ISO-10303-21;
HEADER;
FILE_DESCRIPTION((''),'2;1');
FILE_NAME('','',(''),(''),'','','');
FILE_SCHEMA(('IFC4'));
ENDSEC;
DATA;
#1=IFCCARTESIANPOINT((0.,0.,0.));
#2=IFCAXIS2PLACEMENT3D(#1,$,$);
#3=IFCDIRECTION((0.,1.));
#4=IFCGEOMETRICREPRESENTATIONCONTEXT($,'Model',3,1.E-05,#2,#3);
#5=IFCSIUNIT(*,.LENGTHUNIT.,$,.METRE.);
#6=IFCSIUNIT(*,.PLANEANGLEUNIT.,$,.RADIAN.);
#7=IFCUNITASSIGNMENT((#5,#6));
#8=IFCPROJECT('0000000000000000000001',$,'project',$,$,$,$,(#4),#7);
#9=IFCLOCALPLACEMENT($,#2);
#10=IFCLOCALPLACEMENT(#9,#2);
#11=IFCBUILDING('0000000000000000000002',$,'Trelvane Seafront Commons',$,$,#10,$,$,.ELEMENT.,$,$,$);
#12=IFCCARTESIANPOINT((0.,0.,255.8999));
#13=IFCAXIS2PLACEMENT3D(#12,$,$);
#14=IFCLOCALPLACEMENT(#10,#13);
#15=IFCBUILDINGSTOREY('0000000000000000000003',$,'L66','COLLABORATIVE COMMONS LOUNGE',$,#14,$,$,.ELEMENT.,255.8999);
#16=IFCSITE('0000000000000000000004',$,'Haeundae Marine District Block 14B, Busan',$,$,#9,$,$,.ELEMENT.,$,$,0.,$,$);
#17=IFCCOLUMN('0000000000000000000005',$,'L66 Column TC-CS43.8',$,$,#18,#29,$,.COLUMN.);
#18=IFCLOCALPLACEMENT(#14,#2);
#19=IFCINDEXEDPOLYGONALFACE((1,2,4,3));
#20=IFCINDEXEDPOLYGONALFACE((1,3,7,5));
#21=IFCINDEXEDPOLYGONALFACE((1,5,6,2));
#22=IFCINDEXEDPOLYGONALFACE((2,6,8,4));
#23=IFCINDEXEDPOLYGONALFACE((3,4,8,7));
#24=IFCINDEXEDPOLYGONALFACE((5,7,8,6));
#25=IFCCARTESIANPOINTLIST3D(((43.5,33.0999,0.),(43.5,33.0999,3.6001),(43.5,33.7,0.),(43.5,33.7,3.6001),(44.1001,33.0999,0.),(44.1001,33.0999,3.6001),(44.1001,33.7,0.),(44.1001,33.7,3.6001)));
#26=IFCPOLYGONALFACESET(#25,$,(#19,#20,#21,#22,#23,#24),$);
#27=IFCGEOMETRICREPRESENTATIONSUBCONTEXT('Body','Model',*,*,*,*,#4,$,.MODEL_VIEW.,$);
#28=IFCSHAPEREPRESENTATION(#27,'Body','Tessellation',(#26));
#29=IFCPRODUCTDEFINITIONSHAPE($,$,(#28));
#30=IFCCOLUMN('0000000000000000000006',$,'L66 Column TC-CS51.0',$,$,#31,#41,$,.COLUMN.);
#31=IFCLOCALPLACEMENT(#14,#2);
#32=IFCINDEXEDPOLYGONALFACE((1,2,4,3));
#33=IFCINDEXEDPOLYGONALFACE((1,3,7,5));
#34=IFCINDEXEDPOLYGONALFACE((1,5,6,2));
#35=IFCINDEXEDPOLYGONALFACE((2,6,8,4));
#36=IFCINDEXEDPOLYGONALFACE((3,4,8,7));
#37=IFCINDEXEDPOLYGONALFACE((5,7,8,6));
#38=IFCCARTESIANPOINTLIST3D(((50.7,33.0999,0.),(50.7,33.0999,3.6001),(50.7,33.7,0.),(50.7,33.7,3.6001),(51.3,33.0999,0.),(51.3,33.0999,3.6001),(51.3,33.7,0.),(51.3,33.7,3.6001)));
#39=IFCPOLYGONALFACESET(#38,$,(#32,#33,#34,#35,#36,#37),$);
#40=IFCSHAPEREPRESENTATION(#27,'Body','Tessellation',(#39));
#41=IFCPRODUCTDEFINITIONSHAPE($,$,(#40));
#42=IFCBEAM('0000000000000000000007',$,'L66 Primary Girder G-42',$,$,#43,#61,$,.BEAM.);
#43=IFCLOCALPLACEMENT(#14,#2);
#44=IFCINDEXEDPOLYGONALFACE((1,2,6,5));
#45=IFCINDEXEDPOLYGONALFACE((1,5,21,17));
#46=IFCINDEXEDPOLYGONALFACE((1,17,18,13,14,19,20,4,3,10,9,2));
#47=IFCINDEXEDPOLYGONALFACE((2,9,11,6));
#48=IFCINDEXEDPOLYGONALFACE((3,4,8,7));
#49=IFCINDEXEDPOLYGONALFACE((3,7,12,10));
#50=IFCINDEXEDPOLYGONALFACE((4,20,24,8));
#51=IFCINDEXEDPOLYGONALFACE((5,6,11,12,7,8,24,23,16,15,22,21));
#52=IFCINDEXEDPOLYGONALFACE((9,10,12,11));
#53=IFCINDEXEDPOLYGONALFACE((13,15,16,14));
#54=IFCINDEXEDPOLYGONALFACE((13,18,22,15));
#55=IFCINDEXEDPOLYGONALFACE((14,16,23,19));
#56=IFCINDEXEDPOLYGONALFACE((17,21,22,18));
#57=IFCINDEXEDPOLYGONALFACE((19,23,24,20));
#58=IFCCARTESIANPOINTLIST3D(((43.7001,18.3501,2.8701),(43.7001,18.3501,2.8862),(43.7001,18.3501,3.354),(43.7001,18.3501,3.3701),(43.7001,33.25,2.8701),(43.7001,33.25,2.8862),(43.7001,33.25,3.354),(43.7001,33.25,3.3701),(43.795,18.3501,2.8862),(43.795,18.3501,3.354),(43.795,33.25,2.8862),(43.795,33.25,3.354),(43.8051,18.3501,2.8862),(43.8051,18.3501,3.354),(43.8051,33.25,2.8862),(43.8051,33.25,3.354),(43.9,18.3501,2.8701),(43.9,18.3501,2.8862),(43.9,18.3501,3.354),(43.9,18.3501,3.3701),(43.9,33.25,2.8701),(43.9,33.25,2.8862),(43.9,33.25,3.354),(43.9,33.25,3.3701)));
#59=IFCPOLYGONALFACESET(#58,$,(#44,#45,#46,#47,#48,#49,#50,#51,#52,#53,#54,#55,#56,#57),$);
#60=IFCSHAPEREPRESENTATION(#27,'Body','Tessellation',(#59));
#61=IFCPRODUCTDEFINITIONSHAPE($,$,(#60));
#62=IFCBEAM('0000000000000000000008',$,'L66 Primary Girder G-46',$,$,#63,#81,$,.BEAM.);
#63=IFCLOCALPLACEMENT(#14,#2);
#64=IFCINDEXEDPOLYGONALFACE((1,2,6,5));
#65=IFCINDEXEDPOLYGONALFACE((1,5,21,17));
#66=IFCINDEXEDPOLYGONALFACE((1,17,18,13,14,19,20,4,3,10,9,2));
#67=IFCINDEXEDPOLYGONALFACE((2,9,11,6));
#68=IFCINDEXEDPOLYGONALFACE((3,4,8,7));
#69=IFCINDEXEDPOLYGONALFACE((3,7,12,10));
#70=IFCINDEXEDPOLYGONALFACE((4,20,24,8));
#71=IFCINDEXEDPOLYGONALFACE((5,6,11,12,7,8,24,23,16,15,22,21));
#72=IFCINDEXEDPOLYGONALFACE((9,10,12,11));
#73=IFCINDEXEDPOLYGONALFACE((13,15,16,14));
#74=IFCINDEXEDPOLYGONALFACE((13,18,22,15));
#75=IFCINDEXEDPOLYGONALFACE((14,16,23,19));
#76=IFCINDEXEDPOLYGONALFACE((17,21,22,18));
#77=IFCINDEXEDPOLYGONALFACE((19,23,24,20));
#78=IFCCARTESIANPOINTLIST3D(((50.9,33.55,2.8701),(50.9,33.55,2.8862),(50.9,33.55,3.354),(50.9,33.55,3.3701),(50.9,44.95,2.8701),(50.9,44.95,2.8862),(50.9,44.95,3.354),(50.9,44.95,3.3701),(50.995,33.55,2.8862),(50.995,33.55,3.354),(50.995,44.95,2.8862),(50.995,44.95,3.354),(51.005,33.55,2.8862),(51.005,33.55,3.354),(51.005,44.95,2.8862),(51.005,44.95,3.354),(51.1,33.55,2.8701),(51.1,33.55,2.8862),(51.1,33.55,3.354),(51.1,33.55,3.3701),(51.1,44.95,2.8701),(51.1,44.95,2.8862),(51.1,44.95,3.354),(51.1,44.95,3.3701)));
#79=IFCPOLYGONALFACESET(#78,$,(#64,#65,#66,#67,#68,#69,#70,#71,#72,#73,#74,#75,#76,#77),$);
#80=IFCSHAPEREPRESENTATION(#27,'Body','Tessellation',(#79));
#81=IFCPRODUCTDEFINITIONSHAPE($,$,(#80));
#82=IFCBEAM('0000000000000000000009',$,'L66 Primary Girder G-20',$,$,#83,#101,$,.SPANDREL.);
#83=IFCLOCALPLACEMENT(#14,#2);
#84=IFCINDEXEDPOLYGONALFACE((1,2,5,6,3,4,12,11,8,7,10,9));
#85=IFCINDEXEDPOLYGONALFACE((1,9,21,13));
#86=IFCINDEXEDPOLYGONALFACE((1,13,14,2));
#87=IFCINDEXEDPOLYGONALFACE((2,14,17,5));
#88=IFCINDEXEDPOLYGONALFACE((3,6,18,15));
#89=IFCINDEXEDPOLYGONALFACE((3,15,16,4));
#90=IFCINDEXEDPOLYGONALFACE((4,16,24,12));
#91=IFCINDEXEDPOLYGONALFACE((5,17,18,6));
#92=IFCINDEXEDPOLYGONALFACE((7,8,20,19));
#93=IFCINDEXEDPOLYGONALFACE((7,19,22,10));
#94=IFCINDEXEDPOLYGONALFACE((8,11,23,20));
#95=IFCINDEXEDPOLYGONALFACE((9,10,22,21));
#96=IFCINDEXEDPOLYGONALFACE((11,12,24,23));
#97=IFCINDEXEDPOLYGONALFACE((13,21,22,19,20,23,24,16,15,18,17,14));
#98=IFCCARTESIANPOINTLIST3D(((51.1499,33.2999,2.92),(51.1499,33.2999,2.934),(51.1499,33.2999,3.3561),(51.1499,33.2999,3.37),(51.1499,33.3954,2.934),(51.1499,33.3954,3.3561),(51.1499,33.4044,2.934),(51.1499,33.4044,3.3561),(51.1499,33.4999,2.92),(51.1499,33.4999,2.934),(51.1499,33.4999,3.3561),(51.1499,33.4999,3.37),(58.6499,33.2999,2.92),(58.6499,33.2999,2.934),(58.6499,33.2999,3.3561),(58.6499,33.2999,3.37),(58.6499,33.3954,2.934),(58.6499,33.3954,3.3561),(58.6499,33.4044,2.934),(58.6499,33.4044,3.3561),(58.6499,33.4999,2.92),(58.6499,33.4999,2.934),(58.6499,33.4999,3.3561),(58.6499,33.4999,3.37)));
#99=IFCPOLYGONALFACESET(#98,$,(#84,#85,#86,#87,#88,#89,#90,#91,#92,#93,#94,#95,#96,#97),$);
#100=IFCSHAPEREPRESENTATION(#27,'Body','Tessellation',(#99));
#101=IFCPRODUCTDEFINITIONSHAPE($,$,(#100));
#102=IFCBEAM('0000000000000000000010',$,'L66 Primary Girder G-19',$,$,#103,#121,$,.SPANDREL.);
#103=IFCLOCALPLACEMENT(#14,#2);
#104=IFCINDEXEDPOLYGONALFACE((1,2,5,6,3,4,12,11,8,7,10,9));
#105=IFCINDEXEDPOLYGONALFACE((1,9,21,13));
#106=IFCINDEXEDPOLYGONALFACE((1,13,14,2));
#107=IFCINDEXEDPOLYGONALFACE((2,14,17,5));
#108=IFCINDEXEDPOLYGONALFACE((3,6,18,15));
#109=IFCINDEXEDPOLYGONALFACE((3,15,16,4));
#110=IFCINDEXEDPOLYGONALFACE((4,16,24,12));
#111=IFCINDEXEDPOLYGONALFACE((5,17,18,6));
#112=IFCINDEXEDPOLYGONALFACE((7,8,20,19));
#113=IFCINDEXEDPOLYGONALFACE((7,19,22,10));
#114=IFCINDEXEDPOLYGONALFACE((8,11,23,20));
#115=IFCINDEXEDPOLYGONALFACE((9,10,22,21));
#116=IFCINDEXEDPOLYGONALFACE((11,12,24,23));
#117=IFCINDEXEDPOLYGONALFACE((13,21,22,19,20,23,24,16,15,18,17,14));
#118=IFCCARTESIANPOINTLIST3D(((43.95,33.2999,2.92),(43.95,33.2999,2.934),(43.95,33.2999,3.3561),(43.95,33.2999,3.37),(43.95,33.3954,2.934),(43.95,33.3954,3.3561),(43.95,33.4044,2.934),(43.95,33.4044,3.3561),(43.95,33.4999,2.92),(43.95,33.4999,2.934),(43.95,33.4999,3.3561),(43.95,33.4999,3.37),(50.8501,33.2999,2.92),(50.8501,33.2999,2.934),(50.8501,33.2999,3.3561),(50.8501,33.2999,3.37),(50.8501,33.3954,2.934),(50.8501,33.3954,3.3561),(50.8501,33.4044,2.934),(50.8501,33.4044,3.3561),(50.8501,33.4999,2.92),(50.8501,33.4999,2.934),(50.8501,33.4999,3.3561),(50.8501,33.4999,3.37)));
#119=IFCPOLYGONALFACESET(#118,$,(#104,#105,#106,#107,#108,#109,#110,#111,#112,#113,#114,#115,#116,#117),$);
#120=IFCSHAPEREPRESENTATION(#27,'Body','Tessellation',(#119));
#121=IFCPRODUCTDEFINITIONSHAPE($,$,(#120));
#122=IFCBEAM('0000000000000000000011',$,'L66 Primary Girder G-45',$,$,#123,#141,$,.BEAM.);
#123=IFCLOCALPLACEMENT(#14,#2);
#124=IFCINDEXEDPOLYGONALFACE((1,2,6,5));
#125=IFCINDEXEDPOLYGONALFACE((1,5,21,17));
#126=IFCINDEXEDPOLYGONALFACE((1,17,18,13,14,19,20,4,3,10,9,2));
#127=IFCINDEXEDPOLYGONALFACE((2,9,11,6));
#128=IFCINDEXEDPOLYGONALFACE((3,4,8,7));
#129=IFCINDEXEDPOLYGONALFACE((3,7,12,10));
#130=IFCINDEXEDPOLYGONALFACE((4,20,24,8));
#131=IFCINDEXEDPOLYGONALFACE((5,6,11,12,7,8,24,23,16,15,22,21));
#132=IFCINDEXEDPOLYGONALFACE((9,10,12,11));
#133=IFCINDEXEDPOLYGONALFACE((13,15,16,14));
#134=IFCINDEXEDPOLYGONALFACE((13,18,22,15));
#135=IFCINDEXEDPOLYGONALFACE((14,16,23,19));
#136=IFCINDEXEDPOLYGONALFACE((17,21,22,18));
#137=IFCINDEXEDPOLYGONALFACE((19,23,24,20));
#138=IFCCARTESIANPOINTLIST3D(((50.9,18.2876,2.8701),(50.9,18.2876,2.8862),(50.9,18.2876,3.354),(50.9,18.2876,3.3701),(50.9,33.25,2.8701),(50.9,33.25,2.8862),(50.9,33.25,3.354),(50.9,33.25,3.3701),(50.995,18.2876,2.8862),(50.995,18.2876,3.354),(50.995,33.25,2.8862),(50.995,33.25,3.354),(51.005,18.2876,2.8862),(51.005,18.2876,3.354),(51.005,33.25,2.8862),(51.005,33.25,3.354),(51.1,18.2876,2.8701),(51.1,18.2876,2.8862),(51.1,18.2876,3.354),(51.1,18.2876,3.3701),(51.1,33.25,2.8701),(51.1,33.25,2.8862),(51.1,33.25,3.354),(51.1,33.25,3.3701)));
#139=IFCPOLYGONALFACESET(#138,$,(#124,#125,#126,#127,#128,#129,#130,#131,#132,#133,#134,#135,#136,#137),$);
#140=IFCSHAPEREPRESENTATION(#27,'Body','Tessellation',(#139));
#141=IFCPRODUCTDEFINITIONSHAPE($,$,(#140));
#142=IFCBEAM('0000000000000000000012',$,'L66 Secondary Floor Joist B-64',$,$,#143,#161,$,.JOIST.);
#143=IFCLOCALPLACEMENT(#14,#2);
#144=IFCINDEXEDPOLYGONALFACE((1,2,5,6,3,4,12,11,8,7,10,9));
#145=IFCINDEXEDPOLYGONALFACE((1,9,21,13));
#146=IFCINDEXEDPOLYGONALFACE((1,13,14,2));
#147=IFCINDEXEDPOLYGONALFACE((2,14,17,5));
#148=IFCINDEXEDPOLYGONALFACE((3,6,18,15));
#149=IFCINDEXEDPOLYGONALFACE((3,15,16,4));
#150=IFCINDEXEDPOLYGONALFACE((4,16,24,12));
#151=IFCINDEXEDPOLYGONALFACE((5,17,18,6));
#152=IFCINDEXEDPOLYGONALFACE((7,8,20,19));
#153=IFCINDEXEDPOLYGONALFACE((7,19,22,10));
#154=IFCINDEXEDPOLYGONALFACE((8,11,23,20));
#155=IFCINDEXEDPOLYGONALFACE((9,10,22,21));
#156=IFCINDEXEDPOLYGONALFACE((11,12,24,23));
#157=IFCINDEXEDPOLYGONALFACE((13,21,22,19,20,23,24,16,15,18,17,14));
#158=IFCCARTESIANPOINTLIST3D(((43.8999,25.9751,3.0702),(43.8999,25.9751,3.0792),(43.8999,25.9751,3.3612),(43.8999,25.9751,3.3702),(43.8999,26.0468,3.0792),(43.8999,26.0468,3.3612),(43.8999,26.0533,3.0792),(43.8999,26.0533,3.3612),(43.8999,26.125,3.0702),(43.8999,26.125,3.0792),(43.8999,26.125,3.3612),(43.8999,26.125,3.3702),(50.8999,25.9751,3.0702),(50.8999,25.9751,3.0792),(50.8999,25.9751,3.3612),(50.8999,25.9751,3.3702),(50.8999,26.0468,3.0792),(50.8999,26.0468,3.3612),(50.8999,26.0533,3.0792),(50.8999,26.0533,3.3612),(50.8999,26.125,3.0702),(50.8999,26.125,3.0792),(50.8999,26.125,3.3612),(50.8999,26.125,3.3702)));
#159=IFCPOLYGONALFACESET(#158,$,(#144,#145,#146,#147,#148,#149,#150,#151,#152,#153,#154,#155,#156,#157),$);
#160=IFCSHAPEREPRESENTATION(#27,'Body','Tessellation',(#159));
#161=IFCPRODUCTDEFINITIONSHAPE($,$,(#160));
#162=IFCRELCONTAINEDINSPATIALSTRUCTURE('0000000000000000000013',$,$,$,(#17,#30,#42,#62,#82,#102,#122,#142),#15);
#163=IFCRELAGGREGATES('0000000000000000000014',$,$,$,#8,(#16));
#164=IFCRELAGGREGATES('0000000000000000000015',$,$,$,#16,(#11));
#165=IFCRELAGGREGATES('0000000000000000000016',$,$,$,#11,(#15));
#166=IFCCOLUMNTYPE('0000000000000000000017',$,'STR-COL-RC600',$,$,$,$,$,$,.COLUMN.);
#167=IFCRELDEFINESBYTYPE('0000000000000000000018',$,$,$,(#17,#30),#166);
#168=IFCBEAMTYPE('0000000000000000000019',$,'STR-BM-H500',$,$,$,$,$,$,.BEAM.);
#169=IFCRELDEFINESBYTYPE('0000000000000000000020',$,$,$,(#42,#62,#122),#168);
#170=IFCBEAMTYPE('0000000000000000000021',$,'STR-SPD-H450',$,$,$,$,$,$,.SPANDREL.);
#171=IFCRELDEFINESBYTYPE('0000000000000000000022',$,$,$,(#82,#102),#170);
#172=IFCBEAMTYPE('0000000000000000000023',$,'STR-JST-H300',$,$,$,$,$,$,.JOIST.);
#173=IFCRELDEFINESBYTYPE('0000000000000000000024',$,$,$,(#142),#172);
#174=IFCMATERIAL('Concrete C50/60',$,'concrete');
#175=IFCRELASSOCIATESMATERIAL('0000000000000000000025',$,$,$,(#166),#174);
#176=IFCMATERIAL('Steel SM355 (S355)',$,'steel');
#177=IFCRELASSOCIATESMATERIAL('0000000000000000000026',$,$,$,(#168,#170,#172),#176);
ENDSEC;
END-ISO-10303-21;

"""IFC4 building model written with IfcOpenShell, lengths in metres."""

from ifc_helpers import new_model, si_unit, direction, frame, origin, origin_2d, place, context, subcontext, project, spatial, rectangle, i_section, extrude, source, transform, mapped, material, material_profile, profile_set, type_object, element, save


model = new_model("IFC4")

# Units and contexts
model_context = context("Model", 3, precision=1e-05, world=origin(), true_north=direction((0.0, 1.0)))
body_context = subcontext(model_context, "Body", "Model", "MODEL_VIEW")
ifc_project = project(units=[si_unit("LENGTHUNIT", "METRE"), si_unit("PLANEANGLEUNIT", "RADIAN")], contexts=[model_context])

# Site, building, storey
site_placement = place(None, origin())
site = spatial("IfcSite", under=ifc_project, at=site_placement, Name="Haeundae Marine District Block 14B, Busan", CompositionType="ELEMENT", RefElevation=0.0)
building_placement = place(site_placement, origin())
building = spatial("IfcBuilding", under=site, at=building_placement, Name="Trelvane Seafront Commons", CompositionType="ELEMENT")
storey_placement = place(building_placement, frame((0.0, 0.0, 255.8999)))
storey = spatial("IfcBuildingStorey", under=building, at=storey_placement, Name="L66", Description="COLLABORATIVE COMMONS LOUNGE", CompositionType="ELEMENT", Elevation=255.8999)

# Columns
ifc_material_1 = material(Name="Concrete C50/60", Category="concrete")
ifc_material_profile_1 = material_profile(ifc_material_1, rectangle(XDim=0.6001, YDim=0.6001, at=origin_2d()), Name="RC-600x600")
ifc_profile_set_1 = profile_set([ifc_material_profile_1], Name="Concrete C50/60")
column_type = type_object("IfcColumnType", Name="STR-COL-RC600", PredefinedType="COLUMN", material=ifc_profile_set_1)
shared_shape_1 = source(origin(), body_context, "Body", "SweptSolid", [
    extrude(rectangle(XDim=0.6001, YDim=0.6001, at=origin_2d()), origin(), (0.0, 0.0, 1.0), 3.6001),
])
for number, where, z_axis, x_axis, name in (
    (1, (43.8, 33.3999, 0.0), (0.0, 0.0, 1.0), (1.0, 0.0, 0.0), "L66 Column TC-CS43.8"),
    (2, (51.0, 33.3999, 0.0), (0.0, 0.0, 1.0), (1.0, 0.0, 0.0), "L66 Column TC-CS51.0"),
):
    element("IfcColumn", number, at=place(storey_placement, frame(where, z_axis=z_axis, x_axis=x_axis)), inside=storey, type_object=column_type, Name=name, PredefinedType="COLUMN", context=body_context, shape_type="MappedRepresentation", body=[
        mapped(shared_shape_1, transform((0.0, 0.0, 0.0), x_axis=(1.0, 0.0, 0.0), y_axis=(0.0, 1.0, 0.0), z_axis=(0.0, 0.0, 1.0), scale=1.0)),
    ])

# Beams
ifc_material_2 = material(Name="Steel SM355 (S355)", Category="steel")
ifc_material_profile_2 = material_profile(ifc_material_2, i_section(OverallWidth=0.2, OverallDepth=0.5, WebThickness=0.01, FlangeThickness=0.0161, at=origin_2d()), Name="H-500x200x10x16")
ifc_profile_set_2 = profile_set([ifc_material_profile_2], Name="Steel SM355 (S355)")
beam_type_1 = type_object("IfcBeamType", Name="STR-BM-H500", PredefinedType="BEAM", material=ifc_profile_set_2)
shared_shape_2 = source(origin(), body_context, "Body", "SweptSolid", [
    extrude(i_section(OverallWidth=0.2, OverallDepth=0.5, WebThickness=0.01, FlangeThickness=0.0161, at=origin_2d()), origin(), (0.0, 0.0, 1.0), 14.8999),
])
beam_1_placement = place(storey_placement, frame((43.8, 18.3501, 3.1201), z_axis=(0.0, 1.0, 0.0), x_axis=(-1.0, 0.0, 0.0)))
element("IfcBeam", 3, at=beam_1_placement, inside=storey, type_object=beam_type_1, Name="L66 Primary Girder G-42", PredefinedType="BEAM", context=body_context, shape_type="MappedRepresentation", body=[
    mapped(shared_shape_2, transform((0.0, 0.0, 0.0), x_axis=(1.0, 0.0, 0.0), y_axis=(0.0, 1.0, 0.0), z_axis=(0.0, 0.0, 1.0), scale=1.0)),
])
shared_shape_3 = source(origin(), body_context, "Body", "SweptSolid", [
    extrude(i_section(OverallWidth=0.2, OverallDepth=0.5, WebThickness=0.01, FlangeThickness=0.0161, at=origin_2d()), origin(), (0.0, 0.0, 1.0), 11.3999),
])
beam_2_placement = place(storey_placement, frame((51.0, 33.55, 3.1201), z_axis=(0.0, 1.0, 0.0), x_axis=(-1.0, 0.0, 0.0)))
element("IfcBeam", 4, at=beam_2_placement, inside=storey, type_object=beam_type_1, Name="L66 Primary Girder G-46", PredefinedType="BEAM", context=body_context, shape_type="MappedRepresentation", body=[
    mapped(shared_shape_3, transform((0.0, 0.0, 0.0), x_axis=(1.0, 0.0, 0.0), y_axis=(0.0, 1.0, 0.0), z_axis=(0.0, 0.0, 1.0), scale=1.0)),
])
ifc_material_profile_3 = material_profile(ifc_material_2, i_section(OverallWidth=0.2, OverallDepth=0.45, WebThickness=0.009, FlangeThickness=0.0139, at=origin_2d()), Name="H-450x200x9x14")
ifc_profile_set_3 = profile_set([ifc_material_profile_3], Name="Steel SM355 (S355)")
beam_type_2 = type_object("IfcBeamType", Name="STR-SPD-H450", PredefinedType="SPANDREL", material=ifc_profile_set_3)
shared_shape_4 = source(origin(), body_context, "Body", "SweptSolid", [
    extrude(i_section(OverallWidth=0.2, OverallDepth=0.45, WebThickness=0.009, FlangeThickness=0.0139, at=origin_2d()), origin(), (0.0, 0.0, 1.0), 7.5),
])
beam_3_placement = place(storey_placement, frame((51.1499, 33.3999, 3.145), z_axis=(1.0, 0.0, 0.0), x_axis=(0.0, 1.0, 0.0)))
element("IfcBeam", 5, at=beam_3_placement, inside=storey, type_object=beam_type_2, Name="L66 Primary Girder G-20", PredefinedType="SPANDREL", context=body_context, shape_type="MappedRepresentation", body=[
    mapped(shared_shape_4, transform((0.0, 0.0, 0.0), x_axis=(1.0, 0.0, 0.0), y_axis=(0.0, 1.0, 0.0), z_axis=(0.0, 0.0, 1.0), scale=1.0)),
])
shared_shape_5 = source(origin(), body_context, "Body", "SweptSolid", [
    extrude(i_section(OverallWidth=0.2, OverallDepth=0.45, WebThickness=0.009, FlangeThickness=0.0139, at=origin_2d()), origin(), (0.0, 0.0, 1.0), 6.9001),
])
beam_4_placement = place(storey_placement, frame((43.95, 33.3999, 3.145), z_axis=(1.0, 0.0, 0.0), x_axis=(0.0, 1.0, 0.0)))
element("IfcBeam", 6, at=beam_4_placement, inside=storey, type_object=beam_type_2, Name="L66 Primary Girder G-19", PredefinedType="SPANDREL", context=body_context, shape_type="MappedRepresentation", body=[
    mapped(shared_shape_5, transform((0.0, 0.0, 0.0), x_axis=(1.0, 0.0, 0.0), y_axis=(0.0, 1.0, 0.0), z_axis=(0.0, 0.0, 1.0), scale=1.0)),
])
shared_shape_6 = source(origin(), body_context, "Body", "SweptSolid", [
    extrude(i_section(OverallWidth=0.2, OverallDepth=0.5, WebThickness=0.01, FlangeThickness=0.0161, at=origin_2d()), origin(), (0.0, 0.0, 1.0), 14.9624),
])
beam_5_placement = place(storey_placement, frame((51.0, 18.2876, 3.1201), z_axis=(0.0, 1.0, 0.0), x_axis=(-1.0, 0.0, 0.0)))
element("IfcBeam", 7, at=beam_5_placement, inside=storey, type_object=beam_type_1, Name="L66 Primary Girder G-45", PredefinedType="BEAM", context=body_context, shape_type="MappedRepresentation", body=[
    mapped(shared_shape_6, transform((0.0, 0.0, 0.0), x_axis=(1.0, 0.0, 0.0), y_axis=(0.0, 1.0, 0.0), z_axis=(0.0, 0.0, 1.0), scale=1.0)),
])
ifc_material_profile_4 = material_profile(ifc_material_2, i_section(OverallWidth=0.1499, OverallDepth=0.3, WebThickness=0.0066, FlangeThickness=0.009, at=origin_2d()), Name="H-300x150x6.5x9")
ifc_profile_set_4 = profile_set([ifc_material_profile_4], Name="Steel SM355 (S355)")
beam_type_3 = type_object("IfcBeamType", Name="STR-JST-H300", PredefinedType="JOIST", material=ifc_profile_set_4)
shared_shape_7 = source(origin(), body_context, "Body", "SweptSolid", [
    extrude(i_section(OverallWidth=0.1499, OverallDepth=0.3, WebThickness=0.0066, FlangeThickness=0.009, at=origin_2d()), origin(), (0.0, 0.0, 1.0), 7.0),
])
beam_6_placement = place(storey_placement, frame((43.8999, 26.05, 3.2202), z_axis=(1.0, 0.0, 0.0), x_axis=(0.0, 1.0, 0.0)))
element("IfcBeam", 8, at=beam_6_placement, inside=storey, type_object=beam_type_3, Name="L66 Secondary Floor Joist B-64", PredefinedType="JOIST", context=body_context, shape_type="MappedRepresentation", body=[
    mapped(shared_shape_7, transform((0.0, 0.0, 0.0), x_axis=(1.0, 0.0, 0.0), y_axis=(0.0, 1.0, 0.0), z_axis=(0.0, 0.0, 1.0), scale=1.0)),
])

save(model, "model.ifc")
